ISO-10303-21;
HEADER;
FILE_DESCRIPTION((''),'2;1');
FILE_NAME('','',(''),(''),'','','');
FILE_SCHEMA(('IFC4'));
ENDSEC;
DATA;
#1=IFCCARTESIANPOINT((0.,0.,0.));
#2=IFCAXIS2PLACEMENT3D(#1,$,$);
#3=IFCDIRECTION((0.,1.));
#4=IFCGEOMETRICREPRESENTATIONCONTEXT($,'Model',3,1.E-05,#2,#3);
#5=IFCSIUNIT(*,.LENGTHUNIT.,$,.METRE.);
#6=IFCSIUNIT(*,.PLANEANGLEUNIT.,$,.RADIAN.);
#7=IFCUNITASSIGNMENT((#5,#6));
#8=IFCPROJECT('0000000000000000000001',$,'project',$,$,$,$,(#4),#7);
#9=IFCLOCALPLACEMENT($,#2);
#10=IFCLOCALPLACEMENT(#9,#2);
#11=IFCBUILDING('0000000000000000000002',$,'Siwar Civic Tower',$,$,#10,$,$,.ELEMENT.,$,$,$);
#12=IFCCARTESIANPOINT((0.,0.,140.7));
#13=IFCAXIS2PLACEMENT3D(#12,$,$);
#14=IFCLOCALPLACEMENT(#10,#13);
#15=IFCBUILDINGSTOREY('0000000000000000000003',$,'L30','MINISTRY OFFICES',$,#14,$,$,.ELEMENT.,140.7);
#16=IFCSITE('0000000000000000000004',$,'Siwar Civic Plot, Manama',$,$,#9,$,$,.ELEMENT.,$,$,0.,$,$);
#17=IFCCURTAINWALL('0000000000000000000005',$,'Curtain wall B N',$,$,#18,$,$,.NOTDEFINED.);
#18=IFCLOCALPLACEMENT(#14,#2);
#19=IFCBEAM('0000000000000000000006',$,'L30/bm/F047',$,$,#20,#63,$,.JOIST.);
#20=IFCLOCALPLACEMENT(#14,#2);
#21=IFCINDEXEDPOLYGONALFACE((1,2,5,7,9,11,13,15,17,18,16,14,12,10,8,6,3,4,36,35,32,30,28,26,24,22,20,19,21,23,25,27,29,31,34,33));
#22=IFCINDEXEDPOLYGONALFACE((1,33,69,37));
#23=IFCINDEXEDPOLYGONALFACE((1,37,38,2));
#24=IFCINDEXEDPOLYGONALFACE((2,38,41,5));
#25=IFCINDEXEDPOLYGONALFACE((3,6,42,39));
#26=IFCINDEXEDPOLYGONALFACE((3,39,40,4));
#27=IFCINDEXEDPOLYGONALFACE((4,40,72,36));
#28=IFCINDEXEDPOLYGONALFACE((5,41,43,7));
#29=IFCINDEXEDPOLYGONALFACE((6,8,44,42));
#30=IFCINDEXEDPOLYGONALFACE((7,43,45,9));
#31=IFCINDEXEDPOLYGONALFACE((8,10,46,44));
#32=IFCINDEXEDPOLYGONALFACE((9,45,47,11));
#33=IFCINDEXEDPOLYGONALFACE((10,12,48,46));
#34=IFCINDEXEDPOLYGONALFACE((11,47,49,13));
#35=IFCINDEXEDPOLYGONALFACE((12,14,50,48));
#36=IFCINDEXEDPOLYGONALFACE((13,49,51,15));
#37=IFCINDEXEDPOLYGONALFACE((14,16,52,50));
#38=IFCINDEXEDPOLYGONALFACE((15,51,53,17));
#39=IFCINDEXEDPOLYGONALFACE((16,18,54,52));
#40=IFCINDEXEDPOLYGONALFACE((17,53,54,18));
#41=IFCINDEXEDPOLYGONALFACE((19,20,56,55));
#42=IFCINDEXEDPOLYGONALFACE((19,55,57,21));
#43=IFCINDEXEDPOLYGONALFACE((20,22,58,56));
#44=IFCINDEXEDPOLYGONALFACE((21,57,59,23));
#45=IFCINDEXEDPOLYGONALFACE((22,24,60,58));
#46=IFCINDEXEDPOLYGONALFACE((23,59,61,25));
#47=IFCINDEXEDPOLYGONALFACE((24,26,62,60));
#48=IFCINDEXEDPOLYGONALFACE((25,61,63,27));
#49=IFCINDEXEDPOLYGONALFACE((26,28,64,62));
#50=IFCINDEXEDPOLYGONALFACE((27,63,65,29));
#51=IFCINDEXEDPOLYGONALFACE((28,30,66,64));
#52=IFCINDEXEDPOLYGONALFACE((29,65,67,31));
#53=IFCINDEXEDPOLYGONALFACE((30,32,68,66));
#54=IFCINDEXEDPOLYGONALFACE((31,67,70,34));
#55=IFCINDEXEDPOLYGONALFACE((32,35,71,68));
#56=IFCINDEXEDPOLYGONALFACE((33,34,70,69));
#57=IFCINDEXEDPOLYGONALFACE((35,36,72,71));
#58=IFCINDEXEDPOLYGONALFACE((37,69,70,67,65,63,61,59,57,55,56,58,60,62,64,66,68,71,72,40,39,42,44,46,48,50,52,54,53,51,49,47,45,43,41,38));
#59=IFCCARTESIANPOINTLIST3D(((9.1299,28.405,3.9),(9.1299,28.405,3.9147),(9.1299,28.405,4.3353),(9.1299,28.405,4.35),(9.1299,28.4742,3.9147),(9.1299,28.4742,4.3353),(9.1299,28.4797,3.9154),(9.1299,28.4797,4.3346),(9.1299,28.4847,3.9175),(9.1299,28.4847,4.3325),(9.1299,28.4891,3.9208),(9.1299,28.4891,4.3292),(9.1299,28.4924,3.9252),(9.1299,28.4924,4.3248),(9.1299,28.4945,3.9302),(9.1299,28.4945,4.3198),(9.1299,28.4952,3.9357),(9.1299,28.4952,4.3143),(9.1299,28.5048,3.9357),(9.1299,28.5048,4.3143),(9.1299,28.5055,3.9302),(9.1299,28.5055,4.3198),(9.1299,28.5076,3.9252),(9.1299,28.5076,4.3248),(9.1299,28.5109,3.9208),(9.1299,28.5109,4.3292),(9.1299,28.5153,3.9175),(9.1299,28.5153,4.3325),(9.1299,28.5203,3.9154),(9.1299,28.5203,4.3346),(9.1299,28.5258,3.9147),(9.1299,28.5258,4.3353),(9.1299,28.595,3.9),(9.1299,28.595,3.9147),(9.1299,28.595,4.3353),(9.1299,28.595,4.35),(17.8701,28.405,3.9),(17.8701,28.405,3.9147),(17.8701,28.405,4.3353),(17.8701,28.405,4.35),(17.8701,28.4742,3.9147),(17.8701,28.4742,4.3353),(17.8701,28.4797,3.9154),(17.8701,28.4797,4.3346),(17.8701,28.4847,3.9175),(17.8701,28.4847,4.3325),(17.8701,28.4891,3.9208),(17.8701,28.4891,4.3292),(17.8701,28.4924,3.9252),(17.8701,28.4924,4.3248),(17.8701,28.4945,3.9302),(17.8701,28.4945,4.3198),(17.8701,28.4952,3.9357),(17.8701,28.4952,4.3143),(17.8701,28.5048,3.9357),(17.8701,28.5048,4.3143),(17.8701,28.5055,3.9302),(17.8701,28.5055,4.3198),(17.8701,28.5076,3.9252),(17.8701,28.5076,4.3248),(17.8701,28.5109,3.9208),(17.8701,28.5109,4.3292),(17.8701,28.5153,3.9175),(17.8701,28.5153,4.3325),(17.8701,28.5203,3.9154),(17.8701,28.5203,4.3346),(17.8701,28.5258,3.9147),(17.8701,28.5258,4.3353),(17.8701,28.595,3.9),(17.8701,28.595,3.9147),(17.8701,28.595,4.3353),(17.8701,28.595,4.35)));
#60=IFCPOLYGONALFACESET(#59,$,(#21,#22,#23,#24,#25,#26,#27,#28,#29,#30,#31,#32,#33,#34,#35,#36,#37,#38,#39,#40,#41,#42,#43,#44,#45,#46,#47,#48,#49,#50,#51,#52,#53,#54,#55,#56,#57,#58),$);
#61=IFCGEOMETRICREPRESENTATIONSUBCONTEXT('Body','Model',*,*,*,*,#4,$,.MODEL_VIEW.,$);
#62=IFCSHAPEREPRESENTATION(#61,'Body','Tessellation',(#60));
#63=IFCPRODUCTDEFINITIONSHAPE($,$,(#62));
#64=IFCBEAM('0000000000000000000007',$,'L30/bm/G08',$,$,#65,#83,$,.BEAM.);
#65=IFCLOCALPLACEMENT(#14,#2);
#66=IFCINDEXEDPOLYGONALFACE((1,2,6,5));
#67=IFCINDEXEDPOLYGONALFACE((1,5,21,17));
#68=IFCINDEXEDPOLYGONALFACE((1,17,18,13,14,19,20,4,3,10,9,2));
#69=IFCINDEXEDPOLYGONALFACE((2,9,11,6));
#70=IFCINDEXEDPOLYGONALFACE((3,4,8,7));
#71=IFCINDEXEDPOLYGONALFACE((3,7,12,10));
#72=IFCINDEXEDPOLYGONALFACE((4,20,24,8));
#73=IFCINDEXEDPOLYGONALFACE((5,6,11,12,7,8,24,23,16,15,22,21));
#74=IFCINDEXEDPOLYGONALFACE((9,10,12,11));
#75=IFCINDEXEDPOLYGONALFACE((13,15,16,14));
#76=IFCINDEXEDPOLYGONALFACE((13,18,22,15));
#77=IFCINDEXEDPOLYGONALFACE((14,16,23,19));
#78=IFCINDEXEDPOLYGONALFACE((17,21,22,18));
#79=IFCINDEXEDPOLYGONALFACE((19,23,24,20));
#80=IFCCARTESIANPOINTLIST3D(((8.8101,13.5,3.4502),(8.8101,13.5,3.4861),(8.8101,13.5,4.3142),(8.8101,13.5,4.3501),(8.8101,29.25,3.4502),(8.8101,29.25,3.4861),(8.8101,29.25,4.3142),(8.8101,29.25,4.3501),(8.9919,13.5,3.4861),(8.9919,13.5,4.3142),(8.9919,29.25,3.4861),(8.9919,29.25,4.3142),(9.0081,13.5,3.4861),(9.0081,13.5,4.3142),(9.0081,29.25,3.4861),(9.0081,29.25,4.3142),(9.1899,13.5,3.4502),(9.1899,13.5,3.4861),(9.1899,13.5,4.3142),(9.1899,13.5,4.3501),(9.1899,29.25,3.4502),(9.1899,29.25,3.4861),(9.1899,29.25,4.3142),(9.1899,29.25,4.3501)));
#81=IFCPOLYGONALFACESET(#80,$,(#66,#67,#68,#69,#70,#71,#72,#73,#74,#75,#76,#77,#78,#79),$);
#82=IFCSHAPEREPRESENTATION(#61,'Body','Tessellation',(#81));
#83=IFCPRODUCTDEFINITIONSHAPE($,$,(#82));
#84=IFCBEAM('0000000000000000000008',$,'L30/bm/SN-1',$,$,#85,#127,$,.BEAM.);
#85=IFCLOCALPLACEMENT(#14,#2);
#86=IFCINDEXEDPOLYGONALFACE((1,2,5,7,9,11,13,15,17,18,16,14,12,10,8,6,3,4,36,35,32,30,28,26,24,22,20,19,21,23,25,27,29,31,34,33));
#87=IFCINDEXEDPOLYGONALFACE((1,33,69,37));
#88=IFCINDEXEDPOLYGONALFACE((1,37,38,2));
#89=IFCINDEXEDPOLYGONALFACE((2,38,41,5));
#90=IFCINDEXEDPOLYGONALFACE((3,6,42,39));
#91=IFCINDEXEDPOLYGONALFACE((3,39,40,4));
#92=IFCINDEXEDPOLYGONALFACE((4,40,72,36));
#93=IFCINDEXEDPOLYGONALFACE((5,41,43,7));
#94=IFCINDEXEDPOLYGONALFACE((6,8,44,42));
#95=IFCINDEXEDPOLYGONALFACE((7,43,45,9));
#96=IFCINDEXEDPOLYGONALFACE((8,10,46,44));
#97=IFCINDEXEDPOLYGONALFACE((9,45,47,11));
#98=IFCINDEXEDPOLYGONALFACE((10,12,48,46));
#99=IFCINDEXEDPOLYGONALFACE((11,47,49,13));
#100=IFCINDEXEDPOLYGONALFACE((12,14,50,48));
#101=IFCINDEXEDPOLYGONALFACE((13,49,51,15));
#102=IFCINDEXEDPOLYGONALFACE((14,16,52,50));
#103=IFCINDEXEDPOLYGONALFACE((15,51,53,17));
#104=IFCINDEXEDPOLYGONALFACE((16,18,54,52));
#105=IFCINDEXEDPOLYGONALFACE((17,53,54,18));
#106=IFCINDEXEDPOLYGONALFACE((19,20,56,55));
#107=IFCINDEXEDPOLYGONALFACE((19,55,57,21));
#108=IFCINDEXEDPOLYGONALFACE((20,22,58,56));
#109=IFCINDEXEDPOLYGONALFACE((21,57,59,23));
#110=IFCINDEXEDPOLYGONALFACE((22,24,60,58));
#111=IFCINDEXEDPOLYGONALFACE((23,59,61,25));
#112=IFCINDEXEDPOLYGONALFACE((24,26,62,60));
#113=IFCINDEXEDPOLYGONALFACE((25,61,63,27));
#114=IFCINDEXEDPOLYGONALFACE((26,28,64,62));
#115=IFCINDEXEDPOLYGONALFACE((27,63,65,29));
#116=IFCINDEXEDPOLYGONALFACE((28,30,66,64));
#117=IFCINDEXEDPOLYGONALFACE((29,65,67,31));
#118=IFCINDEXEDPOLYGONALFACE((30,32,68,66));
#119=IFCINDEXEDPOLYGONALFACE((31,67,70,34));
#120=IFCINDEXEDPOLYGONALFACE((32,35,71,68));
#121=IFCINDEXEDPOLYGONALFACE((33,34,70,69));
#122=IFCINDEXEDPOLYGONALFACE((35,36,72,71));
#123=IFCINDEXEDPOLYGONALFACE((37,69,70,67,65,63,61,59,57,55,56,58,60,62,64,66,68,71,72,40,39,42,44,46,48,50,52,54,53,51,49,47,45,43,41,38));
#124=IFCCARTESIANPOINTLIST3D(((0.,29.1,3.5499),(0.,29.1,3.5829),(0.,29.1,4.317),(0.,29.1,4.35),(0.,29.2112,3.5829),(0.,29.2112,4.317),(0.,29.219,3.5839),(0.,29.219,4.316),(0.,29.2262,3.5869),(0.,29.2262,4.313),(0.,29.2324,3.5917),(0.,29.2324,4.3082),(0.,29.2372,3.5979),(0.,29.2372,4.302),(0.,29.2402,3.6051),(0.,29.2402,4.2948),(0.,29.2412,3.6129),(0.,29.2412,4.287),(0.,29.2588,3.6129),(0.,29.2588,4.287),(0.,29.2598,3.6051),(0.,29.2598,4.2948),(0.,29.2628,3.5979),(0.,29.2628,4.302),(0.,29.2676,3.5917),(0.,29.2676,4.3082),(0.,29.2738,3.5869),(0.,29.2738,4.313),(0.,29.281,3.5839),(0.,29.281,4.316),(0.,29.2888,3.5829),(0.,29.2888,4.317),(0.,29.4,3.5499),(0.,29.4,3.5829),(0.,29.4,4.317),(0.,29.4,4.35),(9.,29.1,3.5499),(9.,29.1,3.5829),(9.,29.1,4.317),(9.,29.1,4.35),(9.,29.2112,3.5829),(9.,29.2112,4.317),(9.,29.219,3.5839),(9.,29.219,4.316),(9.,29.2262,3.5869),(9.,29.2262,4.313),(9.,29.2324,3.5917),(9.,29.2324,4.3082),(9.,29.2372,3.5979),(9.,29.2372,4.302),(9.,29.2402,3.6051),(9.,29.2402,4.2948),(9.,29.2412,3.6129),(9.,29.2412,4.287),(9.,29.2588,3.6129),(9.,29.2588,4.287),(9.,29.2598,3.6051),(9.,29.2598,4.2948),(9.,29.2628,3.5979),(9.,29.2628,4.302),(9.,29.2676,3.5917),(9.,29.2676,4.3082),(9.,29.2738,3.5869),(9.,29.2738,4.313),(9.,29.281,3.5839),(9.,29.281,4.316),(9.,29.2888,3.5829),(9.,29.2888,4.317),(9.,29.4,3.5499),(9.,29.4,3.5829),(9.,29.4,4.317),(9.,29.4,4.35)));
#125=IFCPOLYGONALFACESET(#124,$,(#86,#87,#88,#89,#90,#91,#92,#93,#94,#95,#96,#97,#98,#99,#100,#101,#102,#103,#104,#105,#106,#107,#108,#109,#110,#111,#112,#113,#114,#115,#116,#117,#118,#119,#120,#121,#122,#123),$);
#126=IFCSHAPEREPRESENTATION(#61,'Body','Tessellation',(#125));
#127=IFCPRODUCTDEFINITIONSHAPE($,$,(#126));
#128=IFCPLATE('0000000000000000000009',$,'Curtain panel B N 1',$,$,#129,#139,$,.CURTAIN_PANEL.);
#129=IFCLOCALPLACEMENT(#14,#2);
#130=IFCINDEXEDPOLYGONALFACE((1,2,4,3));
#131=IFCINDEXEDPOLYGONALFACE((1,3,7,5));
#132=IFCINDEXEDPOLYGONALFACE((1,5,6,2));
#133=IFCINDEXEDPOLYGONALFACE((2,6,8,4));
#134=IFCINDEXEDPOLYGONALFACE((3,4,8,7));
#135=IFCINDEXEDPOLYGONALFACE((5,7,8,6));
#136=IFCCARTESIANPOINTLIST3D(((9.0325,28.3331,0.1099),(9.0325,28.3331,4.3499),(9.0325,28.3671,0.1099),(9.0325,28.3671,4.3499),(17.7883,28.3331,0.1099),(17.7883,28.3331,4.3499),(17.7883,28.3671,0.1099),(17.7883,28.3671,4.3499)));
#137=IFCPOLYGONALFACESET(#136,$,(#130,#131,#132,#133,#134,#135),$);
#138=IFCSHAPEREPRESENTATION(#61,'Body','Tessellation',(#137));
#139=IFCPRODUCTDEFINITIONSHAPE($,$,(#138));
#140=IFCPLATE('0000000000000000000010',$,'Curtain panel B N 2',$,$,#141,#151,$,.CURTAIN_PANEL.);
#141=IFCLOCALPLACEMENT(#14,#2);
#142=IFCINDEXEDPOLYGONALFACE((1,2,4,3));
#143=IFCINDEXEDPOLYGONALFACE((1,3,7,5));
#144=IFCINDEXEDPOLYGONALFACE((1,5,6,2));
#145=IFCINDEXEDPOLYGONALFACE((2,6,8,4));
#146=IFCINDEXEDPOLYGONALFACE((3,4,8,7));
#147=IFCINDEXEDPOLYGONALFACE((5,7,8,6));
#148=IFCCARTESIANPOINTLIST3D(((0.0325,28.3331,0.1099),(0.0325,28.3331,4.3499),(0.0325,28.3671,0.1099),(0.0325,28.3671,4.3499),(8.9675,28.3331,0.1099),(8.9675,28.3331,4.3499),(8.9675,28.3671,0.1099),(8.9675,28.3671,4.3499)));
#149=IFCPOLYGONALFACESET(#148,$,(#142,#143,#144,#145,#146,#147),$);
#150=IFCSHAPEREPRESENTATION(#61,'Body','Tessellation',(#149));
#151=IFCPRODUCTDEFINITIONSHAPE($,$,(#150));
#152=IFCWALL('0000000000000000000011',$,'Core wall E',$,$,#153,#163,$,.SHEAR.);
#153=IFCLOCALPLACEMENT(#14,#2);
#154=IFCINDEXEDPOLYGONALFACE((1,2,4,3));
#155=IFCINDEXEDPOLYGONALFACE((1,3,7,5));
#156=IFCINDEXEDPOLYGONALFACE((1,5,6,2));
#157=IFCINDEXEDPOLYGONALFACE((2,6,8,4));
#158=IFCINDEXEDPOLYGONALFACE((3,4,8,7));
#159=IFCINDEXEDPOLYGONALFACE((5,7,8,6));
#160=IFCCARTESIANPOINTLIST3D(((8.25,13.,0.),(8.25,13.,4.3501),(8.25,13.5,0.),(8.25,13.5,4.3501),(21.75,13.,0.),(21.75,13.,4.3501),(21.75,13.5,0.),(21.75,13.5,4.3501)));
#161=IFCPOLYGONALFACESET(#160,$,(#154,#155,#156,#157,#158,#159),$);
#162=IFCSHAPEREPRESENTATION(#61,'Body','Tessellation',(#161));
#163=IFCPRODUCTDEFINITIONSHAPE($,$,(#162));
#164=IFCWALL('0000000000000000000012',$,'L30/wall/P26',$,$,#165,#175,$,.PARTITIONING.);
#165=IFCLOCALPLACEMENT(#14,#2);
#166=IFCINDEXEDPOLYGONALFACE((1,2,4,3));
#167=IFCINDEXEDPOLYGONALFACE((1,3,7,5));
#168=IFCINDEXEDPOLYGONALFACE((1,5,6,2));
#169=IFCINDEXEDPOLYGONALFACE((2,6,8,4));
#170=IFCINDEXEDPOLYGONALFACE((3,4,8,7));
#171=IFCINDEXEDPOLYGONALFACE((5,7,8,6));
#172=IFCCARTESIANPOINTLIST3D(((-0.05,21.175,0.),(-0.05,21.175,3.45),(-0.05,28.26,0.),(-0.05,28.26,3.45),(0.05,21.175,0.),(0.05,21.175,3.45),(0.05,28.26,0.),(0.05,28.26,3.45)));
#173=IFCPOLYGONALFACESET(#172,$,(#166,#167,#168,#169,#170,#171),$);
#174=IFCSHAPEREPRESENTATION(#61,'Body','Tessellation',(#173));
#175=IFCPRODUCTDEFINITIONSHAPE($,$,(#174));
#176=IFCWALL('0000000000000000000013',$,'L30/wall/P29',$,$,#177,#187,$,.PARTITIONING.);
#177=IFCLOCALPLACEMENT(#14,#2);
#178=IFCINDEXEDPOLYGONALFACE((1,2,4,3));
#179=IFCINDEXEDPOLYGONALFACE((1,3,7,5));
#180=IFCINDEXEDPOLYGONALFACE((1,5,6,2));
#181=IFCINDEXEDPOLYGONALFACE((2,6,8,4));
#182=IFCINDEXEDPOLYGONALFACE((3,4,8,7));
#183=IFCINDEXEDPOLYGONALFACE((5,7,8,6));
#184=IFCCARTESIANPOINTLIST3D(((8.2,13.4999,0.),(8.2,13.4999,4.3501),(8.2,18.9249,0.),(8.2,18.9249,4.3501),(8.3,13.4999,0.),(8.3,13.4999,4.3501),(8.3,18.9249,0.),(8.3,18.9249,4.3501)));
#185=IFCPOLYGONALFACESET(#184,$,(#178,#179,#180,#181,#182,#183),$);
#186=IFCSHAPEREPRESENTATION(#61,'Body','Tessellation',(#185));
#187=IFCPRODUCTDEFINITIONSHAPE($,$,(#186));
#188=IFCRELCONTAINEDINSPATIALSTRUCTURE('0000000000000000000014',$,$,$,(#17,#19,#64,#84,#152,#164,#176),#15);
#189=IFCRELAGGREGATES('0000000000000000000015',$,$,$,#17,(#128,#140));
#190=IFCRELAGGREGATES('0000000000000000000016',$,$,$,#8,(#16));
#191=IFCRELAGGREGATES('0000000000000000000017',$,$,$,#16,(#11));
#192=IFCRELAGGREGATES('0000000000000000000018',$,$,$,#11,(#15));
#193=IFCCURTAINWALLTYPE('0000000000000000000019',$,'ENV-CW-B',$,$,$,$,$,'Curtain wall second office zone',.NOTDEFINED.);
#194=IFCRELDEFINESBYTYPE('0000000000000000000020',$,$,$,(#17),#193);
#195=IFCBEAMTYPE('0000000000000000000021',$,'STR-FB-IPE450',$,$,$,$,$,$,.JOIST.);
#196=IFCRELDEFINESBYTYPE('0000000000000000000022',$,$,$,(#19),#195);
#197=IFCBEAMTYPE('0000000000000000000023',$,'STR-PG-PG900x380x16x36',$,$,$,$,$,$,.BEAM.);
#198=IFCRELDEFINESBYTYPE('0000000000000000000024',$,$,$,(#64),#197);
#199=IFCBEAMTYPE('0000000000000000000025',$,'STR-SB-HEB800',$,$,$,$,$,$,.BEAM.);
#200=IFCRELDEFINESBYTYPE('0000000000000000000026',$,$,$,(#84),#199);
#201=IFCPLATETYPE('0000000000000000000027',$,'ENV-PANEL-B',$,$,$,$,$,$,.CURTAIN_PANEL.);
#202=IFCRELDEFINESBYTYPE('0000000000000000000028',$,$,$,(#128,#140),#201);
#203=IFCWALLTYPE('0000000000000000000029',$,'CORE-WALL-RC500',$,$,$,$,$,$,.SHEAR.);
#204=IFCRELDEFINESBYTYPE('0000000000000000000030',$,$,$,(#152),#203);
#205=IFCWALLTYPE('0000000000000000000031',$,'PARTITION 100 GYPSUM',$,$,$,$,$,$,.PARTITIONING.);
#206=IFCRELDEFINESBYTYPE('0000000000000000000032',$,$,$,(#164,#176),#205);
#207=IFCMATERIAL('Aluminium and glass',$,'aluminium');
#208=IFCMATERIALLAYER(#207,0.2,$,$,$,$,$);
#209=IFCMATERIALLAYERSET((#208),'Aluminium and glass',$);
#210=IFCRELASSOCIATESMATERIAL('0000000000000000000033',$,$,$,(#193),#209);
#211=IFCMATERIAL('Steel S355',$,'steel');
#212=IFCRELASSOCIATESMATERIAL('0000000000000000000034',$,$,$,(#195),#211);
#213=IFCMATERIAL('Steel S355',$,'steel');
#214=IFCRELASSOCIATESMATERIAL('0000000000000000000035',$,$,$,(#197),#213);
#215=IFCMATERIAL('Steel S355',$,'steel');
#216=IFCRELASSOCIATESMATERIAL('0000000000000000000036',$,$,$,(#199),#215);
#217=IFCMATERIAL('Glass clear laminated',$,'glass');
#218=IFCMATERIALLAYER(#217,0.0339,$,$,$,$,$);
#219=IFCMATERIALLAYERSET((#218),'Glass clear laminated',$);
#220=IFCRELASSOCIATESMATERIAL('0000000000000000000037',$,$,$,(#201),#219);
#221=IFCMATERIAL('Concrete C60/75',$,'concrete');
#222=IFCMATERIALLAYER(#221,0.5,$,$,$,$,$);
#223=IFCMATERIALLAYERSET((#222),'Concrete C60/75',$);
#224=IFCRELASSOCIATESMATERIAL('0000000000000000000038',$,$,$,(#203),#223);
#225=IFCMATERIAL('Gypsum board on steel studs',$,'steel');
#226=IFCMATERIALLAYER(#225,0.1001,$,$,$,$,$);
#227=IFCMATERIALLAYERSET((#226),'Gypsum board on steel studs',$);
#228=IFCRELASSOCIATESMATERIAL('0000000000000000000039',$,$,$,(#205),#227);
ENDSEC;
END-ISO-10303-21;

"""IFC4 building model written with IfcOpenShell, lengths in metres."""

from ifc_helpers import new_model, si_unit, direction, frame, frame_2d, origin, origin_2d, place, context, subcontext, project, spatial, rectangle, i_section, extrude, material, layer, layer_set, material_profile, profile_set, type_object, element, aggregate, save


model = new_model("IFC4")

# Units and contexts
model_context = context("Model", 3, precision=1e-05, world=origin(), true_north=direction((0.0, 1.0)))
body_context = subcontext(model_context, "Body", "Model", "MODEL_VIEW")
ifc_project = project(units=[si_unit("LENGTHUNIT", "METRE"), si_unit("PLANEANGLEUNIT", "RADIAN")], contexts=[model_context])

# Site, building, storey
site_placement = place(None, origin())
site = spatial("IfcSite", under=ifc_project, at=site_placement, Name="Siwar Civic Plot, Manama", CompositionType="ELEMENT", RefElevation=0.0)
building_placement = place(site_placement, origin())
building = spatial("IfcBuilding", under=site, at=building_placement, Name="Siwar Civic Tower", CompositionType="ELEMENT")
storey_placement = place(building_placement, frame((0.0, 0.0, 140.7)))
storey = spatial("IfcBuildingStorey", under=building, at=storey_placement, Name="L30", Description="MINISTRY OFFICES", CompositionType="ELEMENT", Elevation=140.7)

# Curtain wall
ifc_material_1 = material(Name="Aluminium and glass", Category="aluminium")
ifc_layer_1 = layer(ifc_material_1, 0.2)
ifc_layer_set_1 = layer_set([ifc_layer_1], Name="Aluminium and glass")
curtain_wall_type = type_object("IfcCurtainWallType", Name="ENV-CW-B", ElementType="Curtain wall second office zone", PredefinedType="NOTDEFINED", material=ifc_layer_set_1)
curtain_wall_placement = place(storey_placement, origin())
curtain_wall = element("IfcCurtainWall", 1, at=curtain_wall_placement, inside=storey, type_object=curtain_wall_type, Name="Curtain wall B N", PredefinedType="NOTDEFINED")

# Beams
ifc_material_2 = material(Name="Steel S355", Category="steel")
ifc_material_profile_1 = material_profile(ifc_material_2, i_section(OverallWidth=0.1899, OverallDepth=0.45, WebThickness=0.0095, FlangeThickness=0.0146, FilletRadius=0.021, at=origin_2d()), Name="IPE450")
ifc_profile_set_1 = profile_set([ifc_material_profile_1], Name="Steel S355")
beam_type_1 = type_object("IfcBeamType", Name="STR-FB-IPE450", PredefinedType="JOIST", material=ifc_profile_set_1)
for number, where, z_axis, x_axis, name in (
    (2, (9.1299, 28.5, 4.125), (1.0, 0.0, 0.0), (0.0, 1.0, 0.0), "L30/bm/F047"),
):
    element("IfcBeam", number, at=place(storey_placement, frame(where, z_axis=z_axis, x_axis=x_axis)), inside=storey, type_object=beam_type_1, Name=name, PredefinedType="JOIST", context=body_context, shape_type="SweptSolid", body=[
        extrude(i_section(OverallWidth=0.1899, OverallDepth=0.45, WebThickness=0.0095, FlangeThickness=0.0146, FilletRadius=0.021, at=origin_2d()), origin(), (0.0, 0.0, 1.0), 8.7402),
    ])
ifc_material_3 = material(Name="Steel S355", Category="steel")
ifc_material_profile_2 = material_profile(ifc_material_3, i_section(OverallWidth=0.3799, OverallDepth=0.8999, WebThickness=0.0161, FlangeThickness=0.0359, at=origin_2d()), Name="PG900x380x16x36")
ifc_profile_set_2 = profile_set([ifc_material_profile_2], Name="Steel S355")
beam_type_2 = type_object("IfcBeamType", Name="STR-PG-PG900x380x16x36", PredefinedType="BEAM", material=ifc_profile_set_2)
beam_1_placement = place(storey_placement, frame((9.0, 13.5, 3.9001), z_axis=(0.0, 1.0, 0.0), x_axis=(-1.0, 0.0, 0.0)))
element("IfcBeam", 3, at=beam_1_placement, inside=storey, type_object=beam_type_2, Name="L30/bm/G08", PredefinedType="BEAM", context=body_context, shape_type="SweptSolid", body=[
    extrude(i_section(OverallWidth=0.3799, OverallDepth=0.8999, WebThickness=0.0161, FlangeThickness=0.0359, at=origin_2d()), origin(), (0.0, 0.0, 1.0), 15.75),
])
ifc_material_4 = material(Name="Steel S355", Category="steel")
ifc_material_profile_3 = material_profile(ifc_material_4, i_section(OverallWidth=0.3, OverallDepth=0.8, WebThickness=0.0176, FlangeThickness=0.033, FilletRadius=0.03, at=origin_2d()), Name="HEB800")
ifc_profile_set_3 = profile_set([ifc_material_profile_3], Name="Steel S355")
beam_type_3 = type_object("IfcBeamType", Name="STR-SB-HEB800", PredefinedType="BEAM", material=ifc_profile_set_3)
beam_2_placement = place(storey_placement, frame((9.0, 29.25, 3.95), z_axis=(-1.0, 0.0, 0.0), x_axis=(0.0, -1.0, 0.0)))
element("IfcBeam", 4, at=beam_2_placement, inside=storey, type_object=beam_type_3, Name="L30/bm/SN-1", PredefinedType="BEAM", context=body_context, shape_type="SweptSolid", body=[
    extrude(i_section(OverallWidth=0.3, OverallDepth=0.8, WebThickness=0.0176, FlangeThickness=0.033, FilletRadius=0.03, at=origin_2d()), origin(), (0.0, 0.0, 1.0), 9.0),
])

# Plates
ifc_material_5 = material(Name="Glass clear laminated", Category="glass")
ifc_layer_2 = layer(ifc_material_5, 0.0339)
ifc_layer_set_2 = layer_set([ifc_layer_2], Name="Glass clear laminated")
plate_type = type_object("IfcPlateType", Name="ENV-PANEL-B", PredefinedType="CURTAIN_PANEL", material=ifc_layer_set_2)
plate_1_placement = place(storey_placement, frame((13.4104, 28.3501, 0.1099), z_axis=(0.0, 0.0, 1.0), x_axis=(-1.0, 0.0, 0.0)))
plate_1 = element("IfcPlate", 5, at=plate_1_placement, type_object=plate_type, Name="Curtain panel B N 1", PredefinedType="CURTAIN_PANEL", context=body_context, shape_type="SweptSolid", body=[
    extrude(rectangle(XDim=8.7559, YDim=0.0339, at=origin_2d()), origin(), (0.0, 0.0, 1.0), 4.24),
])
plate_2_placement = place(storey_placement, frame((4.5, 28.3501, 0.1099), z_axis=(0.0, 0.0, 1.0), x_axis=(-1.0, 0.0, 0.0)))
plate_2 = element("IfcPlate", 6, at=plate_2_placement, type_object=plate_type, Name="Curtain panel B N 2", PredefinedType="CURTAIN_PANEL", context=body_context, shape_type="SweptSolid", body=[
    extrude(rectangle(XDim=8.9351, YDim=0.0339, at=origin_2d()), origin(), (0.0, 0.0, 1.0), 4.24),
])
aggregate(curtain_wall, [plate_1, plate_2])

# Walls
ifc_material_6 = material(Name="Concrete C60/75", Category="concrete")
ifc_layer_3 = layer(ifc_material_6, 0.5)
ifc_layer_set_3 = layer_set([ifc_layer_3], Name="Concrete C60/75")
wall_type_1 = type_object("IfcWallType", Name="CORE-WALL-RC500", PredefinedType="SHEAR", material=ifc_layer_set_3)
wall_1_placement = place(storey_placement, frame((8.25, 13.25, 0.0), z_axis=(0.0, 0.0, 1.0), x_axis=(1.0, 0.0, 0.0)))
element("IfcWall", 7, at=wall_1_placement, inside=storey, type_object=wall_type_1, Name="Core wall E", PredefinedType="SHEAR", context=body_context, shape_type="SweptSolid", body=[
    extrude(rectangle(XDim=13.5, YDim=0.5, at=frame_2d((6.75, 0.0))), origin(), (0.0, 0.0, 1.0), 4.3501),
])
ifc_material_7 = material(Name="Gypsum board on steel studs", Category="steel")
ifc_layer_4 = layer(ifc_material_7, 0.1001)
ifc_layer_set_4 = layer_set([ifc_layer_4], Name="Gypsum board on steel studs")
wall_type_2 = type_object("IfcWallType", Name="PARTITION 100 GYPSUM", PredefinedType="PARTITIONING", material=ifc_layer_set_4)
wall_2_placement = place(storey_placement, frame((0.0, 21.175, 0.0), z_axis=(0.0, 0.0, 1.0), x_axis=(0.0, 1.0, 0.0)))
element("IfcWall", 8, at=wall_2_placement, inside=storey, type_object=wall_type_2, Name="L30/wall/P26", PredefinedType="PARTITIONING", context=body_context, shape_type="SweptSolid", body=[
    extrude(rectangle(XDim=7.085, YDim=0.1001, at=frame_2d((3.5425, 0.0))), origin(), (0.0, 0.0, 1.0), 3.45),
])
wall_3_placement = place(storey_placement, frame((8.25, 13.5, 0.0), z_axis=(0.0, 0.0, 1.0), x_axis=(0.0, 1.0, 0.0)))
element("IfcWall", 9, at=wall_3_placement, inside=storey, type_object=wall_type_2, Name="L30/wall/P29", PredefinedType="PARTITIONING", context=body_context, shape_type="SweptSolid", body=[
    extrude(rectangle(XDim=5.425, YDim=0.1001, at=frame_2d((2.7124, 0.0))), origin(), (0.0, 0.0, 1.0), 4.3501),
])

save(model, "model.ifc")
